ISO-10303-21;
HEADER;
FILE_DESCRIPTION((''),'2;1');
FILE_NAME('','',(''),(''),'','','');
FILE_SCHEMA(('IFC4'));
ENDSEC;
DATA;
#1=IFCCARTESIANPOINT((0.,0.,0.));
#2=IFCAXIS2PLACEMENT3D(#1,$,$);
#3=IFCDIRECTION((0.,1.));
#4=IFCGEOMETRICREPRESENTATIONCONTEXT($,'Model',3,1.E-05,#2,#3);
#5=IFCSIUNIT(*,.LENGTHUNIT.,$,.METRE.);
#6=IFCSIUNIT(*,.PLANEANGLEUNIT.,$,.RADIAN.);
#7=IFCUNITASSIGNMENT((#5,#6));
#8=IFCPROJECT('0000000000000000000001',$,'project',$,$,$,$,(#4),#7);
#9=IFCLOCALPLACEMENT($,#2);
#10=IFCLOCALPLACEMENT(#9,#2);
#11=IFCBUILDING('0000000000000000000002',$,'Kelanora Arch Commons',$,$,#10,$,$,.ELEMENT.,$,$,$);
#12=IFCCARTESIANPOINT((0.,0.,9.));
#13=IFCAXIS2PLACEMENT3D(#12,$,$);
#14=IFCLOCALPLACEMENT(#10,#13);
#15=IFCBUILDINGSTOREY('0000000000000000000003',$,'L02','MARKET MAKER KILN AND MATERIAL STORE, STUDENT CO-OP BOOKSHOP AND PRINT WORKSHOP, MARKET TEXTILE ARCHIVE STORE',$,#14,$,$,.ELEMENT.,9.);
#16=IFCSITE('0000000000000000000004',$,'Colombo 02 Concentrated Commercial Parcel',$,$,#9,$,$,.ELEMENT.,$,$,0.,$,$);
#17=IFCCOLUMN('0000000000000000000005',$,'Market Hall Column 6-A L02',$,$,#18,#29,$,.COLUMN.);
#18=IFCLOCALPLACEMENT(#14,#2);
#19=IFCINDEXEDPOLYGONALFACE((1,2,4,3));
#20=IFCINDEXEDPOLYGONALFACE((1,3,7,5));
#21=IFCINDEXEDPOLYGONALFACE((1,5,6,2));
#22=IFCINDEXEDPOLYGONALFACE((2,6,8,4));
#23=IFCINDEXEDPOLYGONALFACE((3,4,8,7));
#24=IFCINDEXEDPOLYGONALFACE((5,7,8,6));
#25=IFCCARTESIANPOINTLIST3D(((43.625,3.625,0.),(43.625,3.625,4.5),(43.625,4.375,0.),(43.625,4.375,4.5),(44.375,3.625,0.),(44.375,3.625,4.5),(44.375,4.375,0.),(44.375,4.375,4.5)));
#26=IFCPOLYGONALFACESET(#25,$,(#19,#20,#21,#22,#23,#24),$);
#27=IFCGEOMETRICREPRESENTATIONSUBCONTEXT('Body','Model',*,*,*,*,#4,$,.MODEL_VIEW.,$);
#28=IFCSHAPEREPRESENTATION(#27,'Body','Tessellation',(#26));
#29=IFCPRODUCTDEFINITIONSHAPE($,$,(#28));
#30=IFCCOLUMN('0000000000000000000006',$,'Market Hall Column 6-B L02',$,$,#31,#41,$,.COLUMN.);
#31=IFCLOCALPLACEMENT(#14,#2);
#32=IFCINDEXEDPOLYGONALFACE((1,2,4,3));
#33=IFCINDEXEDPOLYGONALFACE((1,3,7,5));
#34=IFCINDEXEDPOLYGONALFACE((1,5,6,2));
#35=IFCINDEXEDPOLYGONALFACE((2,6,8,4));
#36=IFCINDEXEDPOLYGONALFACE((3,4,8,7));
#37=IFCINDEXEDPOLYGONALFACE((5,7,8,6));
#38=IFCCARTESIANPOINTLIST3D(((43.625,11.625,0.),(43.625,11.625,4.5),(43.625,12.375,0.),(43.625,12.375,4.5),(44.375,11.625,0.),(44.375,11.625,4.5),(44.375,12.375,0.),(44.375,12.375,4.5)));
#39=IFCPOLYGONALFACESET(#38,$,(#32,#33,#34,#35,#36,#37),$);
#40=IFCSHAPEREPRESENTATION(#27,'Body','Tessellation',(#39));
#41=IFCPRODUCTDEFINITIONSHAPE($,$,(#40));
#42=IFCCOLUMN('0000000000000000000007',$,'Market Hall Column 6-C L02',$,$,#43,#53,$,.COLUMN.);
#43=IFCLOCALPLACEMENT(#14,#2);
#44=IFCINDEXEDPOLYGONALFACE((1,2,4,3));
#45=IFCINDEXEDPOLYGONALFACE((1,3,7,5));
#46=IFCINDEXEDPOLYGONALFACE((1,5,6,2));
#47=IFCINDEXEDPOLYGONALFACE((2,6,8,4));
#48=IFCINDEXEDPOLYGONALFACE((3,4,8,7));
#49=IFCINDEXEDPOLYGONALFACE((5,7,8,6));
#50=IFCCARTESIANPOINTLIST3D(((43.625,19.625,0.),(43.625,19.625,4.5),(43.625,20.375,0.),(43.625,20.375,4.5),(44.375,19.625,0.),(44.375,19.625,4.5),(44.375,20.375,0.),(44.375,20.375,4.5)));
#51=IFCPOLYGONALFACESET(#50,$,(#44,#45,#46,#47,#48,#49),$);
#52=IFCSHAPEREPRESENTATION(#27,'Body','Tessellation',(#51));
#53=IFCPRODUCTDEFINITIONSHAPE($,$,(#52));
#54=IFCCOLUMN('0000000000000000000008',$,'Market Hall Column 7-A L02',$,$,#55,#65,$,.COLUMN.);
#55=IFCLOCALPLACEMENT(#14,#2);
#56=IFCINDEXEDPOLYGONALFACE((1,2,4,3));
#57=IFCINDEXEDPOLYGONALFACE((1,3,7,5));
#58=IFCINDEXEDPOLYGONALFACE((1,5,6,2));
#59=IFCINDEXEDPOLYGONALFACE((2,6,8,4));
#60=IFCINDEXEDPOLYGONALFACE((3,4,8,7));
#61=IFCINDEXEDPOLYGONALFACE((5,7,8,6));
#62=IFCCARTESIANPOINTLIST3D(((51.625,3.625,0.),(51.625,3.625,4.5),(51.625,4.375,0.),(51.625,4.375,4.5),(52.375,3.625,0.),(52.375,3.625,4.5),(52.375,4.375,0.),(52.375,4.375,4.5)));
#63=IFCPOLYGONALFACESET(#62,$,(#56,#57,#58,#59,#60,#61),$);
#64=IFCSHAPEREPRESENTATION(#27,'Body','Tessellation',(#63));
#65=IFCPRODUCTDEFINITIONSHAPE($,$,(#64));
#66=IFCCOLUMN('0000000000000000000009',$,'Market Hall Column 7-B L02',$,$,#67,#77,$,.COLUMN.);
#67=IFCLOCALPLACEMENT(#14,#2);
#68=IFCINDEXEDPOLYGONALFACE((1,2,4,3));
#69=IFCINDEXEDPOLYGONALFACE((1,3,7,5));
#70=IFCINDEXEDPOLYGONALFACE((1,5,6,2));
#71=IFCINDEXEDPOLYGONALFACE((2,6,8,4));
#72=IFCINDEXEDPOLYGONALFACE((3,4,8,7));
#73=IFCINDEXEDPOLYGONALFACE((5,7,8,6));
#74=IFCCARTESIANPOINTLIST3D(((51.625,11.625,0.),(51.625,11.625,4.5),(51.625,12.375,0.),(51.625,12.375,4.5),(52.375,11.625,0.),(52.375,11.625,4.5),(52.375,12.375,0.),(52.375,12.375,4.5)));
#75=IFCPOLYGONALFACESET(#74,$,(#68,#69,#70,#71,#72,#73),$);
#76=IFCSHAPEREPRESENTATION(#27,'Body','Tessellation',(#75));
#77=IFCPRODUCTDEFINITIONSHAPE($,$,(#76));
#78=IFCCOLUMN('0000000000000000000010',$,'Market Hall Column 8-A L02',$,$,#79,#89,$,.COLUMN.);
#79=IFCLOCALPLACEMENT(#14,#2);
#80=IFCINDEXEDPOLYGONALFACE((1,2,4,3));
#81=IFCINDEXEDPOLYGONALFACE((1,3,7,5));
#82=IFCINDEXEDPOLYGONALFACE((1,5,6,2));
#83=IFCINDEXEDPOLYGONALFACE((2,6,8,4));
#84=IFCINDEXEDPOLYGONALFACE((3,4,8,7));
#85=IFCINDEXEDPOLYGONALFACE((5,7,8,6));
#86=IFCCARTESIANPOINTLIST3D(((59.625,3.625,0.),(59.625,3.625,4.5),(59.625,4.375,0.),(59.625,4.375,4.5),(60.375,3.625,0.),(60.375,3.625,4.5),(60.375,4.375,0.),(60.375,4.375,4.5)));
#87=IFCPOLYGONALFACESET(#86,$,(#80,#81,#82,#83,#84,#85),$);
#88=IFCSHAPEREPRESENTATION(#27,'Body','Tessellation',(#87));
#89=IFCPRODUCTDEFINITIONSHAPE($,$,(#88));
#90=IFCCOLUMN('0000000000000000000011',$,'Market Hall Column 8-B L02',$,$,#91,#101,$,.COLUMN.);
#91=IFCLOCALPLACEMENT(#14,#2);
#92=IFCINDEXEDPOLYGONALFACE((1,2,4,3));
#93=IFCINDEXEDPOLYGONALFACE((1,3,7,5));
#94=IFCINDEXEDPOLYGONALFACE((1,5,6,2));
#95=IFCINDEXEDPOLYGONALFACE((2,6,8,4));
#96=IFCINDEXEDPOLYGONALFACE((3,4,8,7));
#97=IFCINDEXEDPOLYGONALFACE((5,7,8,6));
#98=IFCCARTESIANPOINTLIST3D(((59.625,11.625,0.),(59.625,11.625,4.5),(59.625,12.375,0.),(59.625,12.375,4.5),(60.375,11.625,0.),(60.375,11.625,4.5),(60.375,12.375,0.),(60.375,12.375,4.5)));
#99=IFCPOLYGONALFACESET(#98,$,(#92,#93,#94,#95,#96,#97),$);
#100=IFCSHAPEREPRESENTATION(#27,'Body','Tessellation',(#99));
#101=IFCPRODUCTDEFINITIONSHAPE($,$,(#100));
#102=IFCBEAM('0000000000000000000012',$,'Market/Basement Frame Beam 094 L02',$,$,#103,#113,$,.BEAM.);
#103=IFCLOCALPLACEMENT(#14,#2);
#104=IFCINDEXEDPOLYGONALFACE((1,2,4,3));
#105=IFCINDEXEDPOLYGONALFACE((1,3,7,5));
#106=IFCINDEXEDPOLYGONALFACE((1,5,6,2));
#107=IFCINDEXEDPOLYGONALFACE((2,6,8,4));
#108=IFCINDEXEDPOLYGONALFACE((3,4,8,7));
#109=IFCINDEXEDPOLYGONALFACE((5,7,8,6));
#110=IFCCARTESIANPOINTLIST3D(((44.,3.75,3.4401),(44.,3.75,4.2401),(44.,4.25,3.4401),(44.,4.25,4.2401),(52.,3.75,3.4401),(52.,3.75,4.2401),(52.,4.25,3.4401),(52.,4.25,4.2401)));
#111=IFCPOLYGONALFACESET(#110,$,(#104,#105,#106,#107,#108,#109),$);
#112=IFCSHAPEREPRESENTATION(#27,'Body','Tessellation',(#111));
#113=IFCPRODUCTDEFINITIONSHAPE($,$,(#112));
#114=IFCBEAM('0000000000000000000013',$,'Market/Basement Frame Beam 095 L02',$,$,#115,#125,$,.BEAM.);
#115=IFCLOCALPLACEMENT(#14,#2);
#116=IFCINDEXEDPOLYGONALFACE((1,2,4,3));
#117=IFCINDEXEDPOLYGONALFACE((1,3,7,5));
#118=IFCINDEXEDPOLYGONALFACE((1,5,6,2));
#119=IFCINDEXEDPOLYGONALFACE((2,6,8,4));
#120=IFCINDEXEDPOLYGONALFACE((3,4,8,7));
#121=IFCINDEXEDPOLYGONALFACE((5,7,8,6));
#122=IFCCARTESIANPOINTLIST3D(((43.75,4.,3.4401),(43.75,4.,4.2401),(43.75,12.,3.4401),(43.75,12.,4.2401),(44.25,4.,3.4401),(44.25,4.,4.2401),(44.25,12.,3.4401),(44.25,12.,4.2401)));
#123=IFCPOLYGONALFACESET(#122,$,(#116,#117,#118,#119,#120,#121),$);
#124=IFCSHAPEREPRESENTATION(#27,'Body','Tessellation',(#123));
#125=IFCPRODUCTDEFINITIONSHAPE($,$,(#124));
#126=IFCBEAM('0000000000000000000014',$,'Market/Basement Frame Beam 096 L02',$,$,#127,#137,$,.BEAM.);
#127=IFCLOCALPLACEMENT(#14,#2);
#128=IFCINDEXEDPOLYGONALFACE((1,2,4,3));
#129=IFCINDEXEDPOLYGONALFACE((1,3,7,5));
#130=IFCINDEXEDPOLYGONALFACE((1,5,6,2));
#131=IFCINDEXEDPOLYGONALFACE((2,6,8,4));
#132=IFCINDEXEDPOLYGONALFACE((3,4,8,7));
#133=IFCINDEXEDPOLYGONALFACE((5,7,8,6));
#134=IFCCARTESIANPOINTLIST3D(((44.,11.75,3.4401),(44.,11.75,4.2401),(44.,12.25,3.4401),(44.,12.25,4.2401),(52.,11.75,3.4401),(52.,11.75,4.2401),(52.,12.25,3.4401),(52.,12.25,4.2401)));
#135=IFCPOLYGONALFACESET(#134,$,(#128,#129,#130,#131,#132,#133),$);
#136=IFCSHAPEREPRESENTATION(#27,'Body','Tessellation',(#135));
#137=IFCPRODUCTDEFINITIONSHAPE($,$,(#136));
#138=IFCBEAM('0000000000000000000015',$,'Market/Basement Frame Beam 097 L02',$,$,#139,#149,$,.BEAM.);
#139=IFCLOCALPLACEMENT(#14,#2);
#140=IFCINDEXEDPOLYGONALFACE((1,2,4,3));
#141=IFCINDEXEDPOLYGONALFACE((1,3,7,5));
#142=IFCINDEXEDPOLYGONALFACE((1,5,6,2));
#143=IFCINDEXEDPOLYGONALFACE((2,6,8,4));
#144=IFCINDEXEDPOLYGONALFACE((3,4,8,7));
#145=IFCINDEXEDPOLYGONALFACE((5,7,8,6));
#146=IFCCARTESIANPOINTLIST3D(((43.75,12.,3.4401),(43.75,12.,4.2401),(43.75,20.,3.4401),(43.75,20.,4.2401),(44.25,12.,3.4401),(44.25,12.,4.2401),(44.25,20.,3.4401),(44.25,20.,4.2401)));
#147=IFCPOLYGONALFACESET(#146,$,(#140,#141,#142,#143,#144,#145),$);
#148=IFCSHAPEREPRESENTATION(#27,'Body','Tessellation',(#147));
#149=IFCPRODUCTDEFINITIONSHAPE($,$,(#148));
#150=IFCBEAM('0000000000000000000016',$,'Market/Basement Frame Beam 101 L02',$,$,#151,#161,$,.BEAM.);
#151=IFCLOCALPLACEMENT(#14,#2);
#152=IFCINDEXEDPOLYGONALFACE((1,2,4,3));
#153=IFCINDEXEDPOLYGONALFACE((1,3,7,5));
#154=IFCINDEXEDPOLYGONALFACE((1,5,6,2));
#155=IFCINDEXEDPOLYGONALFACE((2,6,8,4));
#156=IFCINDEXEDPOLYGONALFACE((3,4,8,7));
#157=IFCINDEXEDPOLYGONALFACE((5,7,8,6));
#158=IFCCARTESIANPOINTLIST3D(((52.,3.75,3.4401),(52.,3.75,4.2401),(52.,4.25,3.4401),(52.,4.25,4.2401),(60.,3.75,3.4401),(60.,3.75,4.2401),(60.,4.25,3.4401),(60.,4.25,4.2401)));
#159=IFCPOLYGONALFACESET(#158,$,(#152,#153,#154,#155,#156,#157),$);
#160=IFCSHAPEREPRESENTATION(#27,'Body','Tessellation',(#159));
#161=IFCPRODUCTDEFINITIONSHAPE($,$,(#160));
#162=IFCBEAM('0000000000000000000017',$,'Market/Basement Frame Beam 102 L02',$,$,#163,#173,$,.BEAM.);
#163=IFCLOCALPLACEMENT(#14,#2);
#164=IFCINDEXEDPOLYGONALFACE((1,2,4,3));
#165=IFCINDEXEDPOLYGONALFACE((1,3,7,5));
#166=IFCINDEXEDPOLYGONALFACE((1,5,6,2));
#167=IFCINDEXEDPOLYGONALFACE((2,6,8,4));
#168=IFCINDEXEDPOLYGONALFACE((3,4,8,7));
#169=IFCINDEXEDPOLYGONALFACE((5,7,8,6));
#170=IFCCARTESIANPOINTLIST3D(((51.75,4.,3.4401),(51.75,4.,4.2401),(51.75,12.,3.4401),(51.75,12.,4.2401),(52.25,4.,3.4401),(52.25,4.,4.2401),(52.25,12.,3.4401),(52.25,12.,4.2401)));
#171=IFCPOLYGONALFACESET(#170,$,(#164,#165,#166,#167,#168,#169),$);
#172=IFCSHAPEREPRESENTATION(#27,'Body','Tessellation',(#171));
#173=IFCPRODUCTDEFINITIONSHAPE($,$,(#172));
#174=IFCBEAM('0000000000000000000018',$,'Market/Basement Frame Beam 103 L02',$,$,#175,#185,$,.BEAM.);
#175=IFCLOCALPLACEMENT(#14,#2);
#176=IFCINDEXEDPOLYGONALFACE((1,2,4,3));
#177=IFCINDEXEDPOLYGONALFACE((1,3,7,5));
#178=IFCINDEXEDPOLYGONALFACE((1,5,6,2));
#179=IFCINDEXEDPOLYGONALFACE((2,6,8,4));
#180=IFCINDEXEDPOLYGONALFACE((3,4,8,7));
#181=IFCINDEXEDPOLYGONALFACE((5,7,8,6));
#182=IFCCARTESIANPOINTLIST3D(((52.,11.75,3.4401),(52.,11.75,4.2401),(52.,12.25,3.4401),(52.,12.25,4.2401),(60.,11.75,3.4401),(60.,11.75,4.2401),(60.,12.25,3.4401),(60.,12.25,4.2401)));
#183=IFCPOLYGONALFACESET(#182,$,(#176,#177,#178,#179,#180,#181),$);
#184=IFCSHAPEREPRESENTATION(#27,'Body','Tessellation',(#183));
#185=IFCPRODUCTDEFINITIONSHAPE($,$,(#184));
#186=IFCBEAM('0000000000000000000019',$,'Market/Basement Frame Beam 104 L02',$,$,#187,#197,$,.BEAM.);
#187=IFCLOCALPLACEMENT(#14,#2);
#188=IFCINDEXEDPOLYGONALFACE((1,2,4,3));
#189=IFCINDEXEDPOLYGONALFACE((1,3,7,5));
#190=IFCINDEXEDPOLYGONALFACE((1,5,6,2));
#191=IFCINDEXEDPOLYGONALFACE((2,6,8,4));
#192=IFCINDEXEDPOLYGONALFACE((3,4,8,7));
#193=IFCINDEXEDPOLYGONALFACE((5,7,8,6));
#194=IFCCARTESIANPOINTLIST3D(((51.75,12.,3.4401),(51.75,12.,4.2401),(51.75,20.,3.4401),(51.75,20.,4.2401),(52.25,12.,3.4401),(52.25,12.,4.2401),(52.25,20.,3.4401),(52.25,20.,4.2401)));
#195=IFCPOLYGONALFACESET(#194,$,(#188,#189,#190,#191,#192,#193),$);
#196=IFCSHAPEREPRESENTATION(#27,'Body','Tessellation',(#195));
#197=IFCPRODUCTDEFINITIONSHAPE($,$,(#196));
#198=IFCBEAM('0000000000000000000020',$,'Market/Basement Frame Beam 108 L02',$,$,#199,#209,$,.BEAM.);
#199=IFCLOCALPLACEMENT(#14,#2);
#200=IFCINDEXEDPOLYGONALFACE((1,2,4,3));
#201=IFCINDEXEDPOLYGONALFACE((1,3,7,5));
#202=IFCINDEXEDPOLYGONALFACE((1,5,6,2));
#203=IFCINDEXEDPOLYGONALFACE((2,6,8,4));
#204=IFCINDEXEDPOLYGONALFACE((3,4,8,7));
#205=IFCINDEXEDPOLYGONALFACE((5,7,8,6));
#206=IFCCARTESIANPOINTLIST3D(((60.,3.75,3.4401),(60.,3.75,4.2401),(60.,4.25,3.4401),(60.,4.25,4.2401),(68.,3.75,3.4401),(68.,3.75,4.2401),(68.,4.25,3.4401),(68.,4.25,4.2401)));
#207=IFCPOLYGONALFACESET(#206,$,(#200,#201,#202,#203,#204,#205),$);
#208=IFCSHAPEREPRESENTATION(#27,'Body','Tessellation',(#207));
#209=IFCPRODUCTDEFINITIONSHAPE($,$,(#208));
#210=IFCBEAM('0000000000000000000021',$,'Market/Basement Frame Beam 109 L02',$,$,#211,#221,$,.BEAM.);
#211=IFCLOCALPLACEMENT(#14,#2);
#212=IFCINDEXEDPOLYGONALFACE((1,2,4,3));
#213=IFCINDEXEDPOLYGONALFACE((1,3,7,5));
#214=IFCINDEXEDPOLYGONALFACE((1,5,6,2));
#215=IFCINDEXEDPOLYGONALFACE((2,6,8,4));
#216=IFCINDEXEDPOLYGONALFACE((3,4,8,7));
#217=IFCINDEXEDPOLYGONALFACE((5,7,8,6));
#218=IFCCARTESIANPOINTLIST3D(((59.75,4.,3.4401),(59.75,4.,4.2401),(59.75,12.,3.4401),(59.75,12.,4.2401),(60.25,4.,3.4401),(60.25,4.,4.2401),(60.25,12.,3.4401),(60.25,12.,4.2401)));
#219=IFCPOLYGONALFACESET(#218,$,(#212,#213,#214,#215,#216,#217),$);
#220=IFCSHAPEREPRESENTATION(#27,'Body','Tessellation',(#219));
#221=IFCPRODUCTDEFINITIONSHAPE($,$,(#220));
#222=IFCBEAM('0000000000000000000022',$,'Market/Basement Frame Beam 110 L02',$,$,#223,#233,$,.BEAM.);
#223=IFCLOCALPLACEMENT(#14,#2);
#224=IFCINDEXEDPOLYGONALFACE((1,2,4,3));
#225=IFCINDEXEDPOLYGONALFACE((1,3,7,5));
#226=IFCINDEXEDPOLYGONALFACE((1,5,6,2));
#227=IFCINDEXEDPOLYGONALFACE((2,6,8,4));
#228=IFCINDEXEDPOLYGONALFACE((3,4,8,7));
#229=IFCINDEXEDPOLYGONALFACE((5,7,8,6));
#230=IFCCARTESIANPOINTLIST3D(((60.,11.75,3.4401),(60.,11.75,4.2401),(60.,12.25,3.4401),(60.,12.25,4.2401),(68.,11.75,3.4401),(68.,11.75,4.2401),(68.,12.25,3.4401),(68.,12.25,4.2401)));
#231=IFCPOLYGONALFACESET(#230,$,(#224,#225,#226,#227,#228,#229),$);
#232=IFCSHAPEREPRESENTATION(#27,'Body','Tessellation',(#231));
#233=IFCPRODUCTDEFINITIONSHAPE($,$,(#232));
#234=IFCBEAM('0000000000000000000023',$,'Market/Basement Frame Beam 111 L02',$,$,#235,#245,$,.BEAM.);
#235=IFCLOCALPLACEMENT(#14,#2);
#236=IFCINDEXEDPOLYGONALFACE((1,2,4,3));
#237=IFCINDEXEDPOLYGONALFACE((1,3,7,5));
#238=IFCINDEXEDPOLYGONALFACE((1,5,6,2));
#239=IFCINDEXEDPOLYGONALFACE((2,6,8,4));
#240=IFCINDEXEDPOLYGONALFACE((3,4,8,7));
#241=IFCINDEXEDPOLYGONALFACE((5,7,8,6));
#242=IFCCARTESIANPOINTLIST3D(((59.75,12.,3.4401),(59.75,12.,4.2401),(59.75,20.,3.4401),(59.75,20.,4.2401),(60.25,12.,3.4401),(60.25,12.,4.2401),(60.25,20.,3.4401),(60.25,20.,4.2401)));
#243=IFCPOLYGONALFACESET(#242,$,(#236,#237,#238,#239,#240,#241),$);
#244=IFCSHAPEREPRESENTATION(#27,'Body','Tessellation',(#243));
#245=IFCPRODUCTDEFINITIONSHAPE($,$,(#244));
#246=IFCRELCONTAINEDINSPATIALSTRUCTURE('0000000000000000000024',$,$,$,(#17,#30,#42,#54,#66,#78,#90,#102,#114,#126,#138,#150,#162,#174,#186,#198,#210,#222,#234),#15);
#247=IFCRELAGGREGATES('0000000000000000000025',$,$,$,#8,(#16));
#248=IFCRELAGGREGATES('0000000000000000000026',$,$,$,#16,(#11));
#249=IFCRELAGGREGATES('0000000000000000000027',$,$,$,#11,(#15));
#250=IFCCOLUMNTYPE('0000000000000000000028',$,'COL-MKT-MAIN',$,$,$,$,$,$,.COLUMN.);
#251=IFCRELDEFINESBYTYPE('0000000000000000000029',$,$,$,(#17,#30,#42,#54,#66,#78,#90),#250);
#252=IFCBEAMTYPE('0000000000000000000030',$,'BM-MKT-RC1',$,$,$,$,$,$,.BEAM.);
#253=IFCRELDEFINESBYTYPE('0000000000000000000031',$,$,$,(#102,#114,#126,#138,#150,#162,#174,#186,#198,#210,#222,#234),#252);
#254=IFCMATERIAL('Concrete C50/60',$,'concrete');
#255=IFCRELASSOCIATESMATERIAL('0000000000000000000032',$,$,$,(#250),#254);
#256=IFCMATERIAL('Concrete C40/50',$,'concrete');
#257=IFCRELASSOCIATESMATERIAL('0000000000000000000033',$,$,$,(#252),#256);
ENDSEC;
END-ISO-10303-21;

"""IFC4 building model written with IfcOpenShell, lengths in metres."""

from ifc_helpers import new_model, si_unit, direction, frame, origin, origin_2d, place, context, subcontext, project, spatial, rectangle, extrude, material, material_profile, profile_set, type_object, element, save


model = new_model("IFC4")

# Units and contexts
model_context = context("Model", 3, precision=1e-05, world=origin(), true_north=direction((0.0, 1.0)))
body_context = subcontext(model_context, "Body", "Model", "MODEL_VIEW")
ifc_project = project(units=[si_unit("LENGTHUNIT", "METRE"), si_unit("PLANEANGLEUNIT", "RADIAN")], contexts=[model_context])

# Site, building, storey
site_placement = place(None, origin())
site = spatial("IfcSite", under=ifc_project, at=site_placement, Name="Colombo 02 Concentrated Commercial Parcel", CompositionType="ELEMENT", RefElevation=0.0)
building_placement = place(site_placement, origin())
building = spatial("IfcBuilding", under=site, at=building_placement, Name="Kelanora Arch Commons", CompositionType="ELEMENT")
storey_placement = place(building_placement, frame((0.0, 0.0, 9.0)))
storey = spatial("IfcBuildingStorey", under=building, at=storey_placement, Name="L02", Description="MARKET MAKER KILN AND MATERIAL STORE, STUDENT CO-OP BOOKSHOP AND PRINT WORKSHOP, MARKET TEXTILE ARCHIVE STORE", CompositionType="ELEMENT", Elevation=9.0)

# Columns
ifc_material_1 = material(Name="Concrete C50/60", Category="concrete")
ifc_material_profile_1 = material_profile(ifc_material_1, rectangle(XDim=0.75, YDim=0.75, at=origin_2d()), Name="RC750x750")
ifc_profile_set_1 = profile_set([ifc_material_profile_1], Name="Concrete C50/60")
column_type = type_object("IfcColumnType", Name="COL-MKT-MAIN", PredefinedType="COLUMN", material=ifc_profile_set_1)
for number, where, z_axis, x_axis, name in (
    (1, (44.0, 4.0, 0.0), (0.0, 0.0, 1.0), (1.0, 0.0, 0.0), "Market Hall Column 6-A L02"),
    (2, (44.0, 12.0, 0.0), (0.0, 0.0, 1.0), (1.0, 0.0, 0.0), "Market Hall Column 6-B L02"),
    (3, (44.0, 20.0, 0.0), (0.0, 0.0, 1.0), (1.0, 0.0, 0.0), "Market Hall Column 6-C L02"),
    (4, (52.0, 4.0, 0.0), (0.0, 0.0, 1.0), (1.0, 0.0, 0.0), "Market Hall Column 7-A L02"),
    (5, (52.0, 12.0, 0.0), (0.0, 0.0, 1.0), (1.0, 0.0, 0.0), "Market Hall Column 7-B L02"),
    (6, (60.0, 4.0, 0.0), (0.0, 0.0, 1.0), (1.0, 0.0, 0.0), "Market Hall Column 8-A L02"),
    (7, (60.0, 12.0, 0.0), (0.0, 0.0, 1.0), (1.0, 0.0, 0.0), "Market Hall Column 8-B L02"),
):
    element("IfcColumn", number, at=place(storey_placement, frame(where, z_axis=z_axis, x_axis=x_axis)), inside=storey, type_object=column_type, Name=name, PredefinedType="COLUMN", context=body_context, shape_type="SweptSolid", body=[
        extrude(rectangle(XDim=0.75, YDim=0.75, at=origin_2d()), origin(), (0.0, 0.0, 1.0), 4.5),
    ])

# Beams
ifc_material_2 = material(Name="Concrete C40/50", Category="concrete")
ifc_material_profile_2 = material_profile(ifc_material_2, rectangle(XDim=0.5, YDim=0.8, at=origin_2d()), Name="RCB500x800")
ifc_profile_set_2 = profile_set([ifc_material_profile_2], Name="Concrete C40/50")
beam_type = type_object("IfcBeamType", Name="BM-MKT-RC1", PredefinedType="BEAM", material=ifc_profile_set_2)
for number, where, z_axis, x_axis, name in (
    (8, (44.0, 4.0, 3.8401), (1.0, 0.0, 0.0), (0.0, 1.0, 0.0), "Market/Basement Frame Beam 094 L02"),
    (9, (44.0, 4.0, 3.8401), (0.0, 1.0, 0.0), (-1.0, 0.0, 0.0), "Market/Basement Frame Beam 095 L02"),
    (10, (44.0, 12.0, 3.8401), (1.0, 0.0, 0.0), (0.0, 1.0, 0.0), "Market/Basement Frame Beam 096 L02"),
    (11, (44.0, 12.0, 3.8401), (0.0, 1.0, 0.0), (-1.0, 0.0, 0.0), "Market/Basement Frame Beam 097 L02"),
    (12, (52.0, 4.0, 3.8401), (1.0, 0.0, 0.0), (0.0, 1.0, 0.0), "Market/Basement Frame Beam 101 L02"),
    (13, (52.0, 4.0, 3.8401), (0.0, 1.0, 0.0), (-1.0, 0.0, 0.0), "Market/Basement Frame Beam 102 L02"),
    (14, (52.0, 12.0, 3.8401), (1.0, 0.0, 0.0), (0.0, 1.0, 0.0), "Market/Basement Frame Beam 103 L02"),
    (15, (52.0, 12.0, 3.8401), (0.0, 1.0, 0.0), (-1.0, 0.0, 0.0), "Market/Basement Frame Beam 104 L02"),
    (16, (60.0, 4.0, 3.8401), (1.0, 0.0, 0.0), (0.0, 1.0, 0.0), "Market/Basement Frame Beam 108 L02"),
    (17, (60.0, 4.0, 3.8401), (0.0, 1.0, 0.0), (-1.0, 0.0, 0.0), "Market/Basement Frame Beam 109 L02"),
    (18, (60.0, 12.0, 3.8401), (1.0, 0.0, 0.0), (0.0, 1.0, 0.0), "Market/Basement Frame Beam 110 L02"),
    (19, (60.0, 12.0, 3.8401), (0.0, 1.0, 0.0), (-1.0, 0.0, 0.0), "Market/Basement Frame Beam 111 L02"),
):
    element("IfcBeam", number, at=place(storey_placement, frame(where, z_axis=z_axis, x_axis=x_axis)), inside=storey, type_object=beam_type, Name=name, PredefinedType="BEAM", context=body_context, shape_type="SweptSolid", body=[
        extrude(rectangle(XDim=0.5, YDim=0.8, at=origin_2d()), origin(), (0.0, 0.0, 1.0), 8.0),
    ])

save(model, "model.ifc")
